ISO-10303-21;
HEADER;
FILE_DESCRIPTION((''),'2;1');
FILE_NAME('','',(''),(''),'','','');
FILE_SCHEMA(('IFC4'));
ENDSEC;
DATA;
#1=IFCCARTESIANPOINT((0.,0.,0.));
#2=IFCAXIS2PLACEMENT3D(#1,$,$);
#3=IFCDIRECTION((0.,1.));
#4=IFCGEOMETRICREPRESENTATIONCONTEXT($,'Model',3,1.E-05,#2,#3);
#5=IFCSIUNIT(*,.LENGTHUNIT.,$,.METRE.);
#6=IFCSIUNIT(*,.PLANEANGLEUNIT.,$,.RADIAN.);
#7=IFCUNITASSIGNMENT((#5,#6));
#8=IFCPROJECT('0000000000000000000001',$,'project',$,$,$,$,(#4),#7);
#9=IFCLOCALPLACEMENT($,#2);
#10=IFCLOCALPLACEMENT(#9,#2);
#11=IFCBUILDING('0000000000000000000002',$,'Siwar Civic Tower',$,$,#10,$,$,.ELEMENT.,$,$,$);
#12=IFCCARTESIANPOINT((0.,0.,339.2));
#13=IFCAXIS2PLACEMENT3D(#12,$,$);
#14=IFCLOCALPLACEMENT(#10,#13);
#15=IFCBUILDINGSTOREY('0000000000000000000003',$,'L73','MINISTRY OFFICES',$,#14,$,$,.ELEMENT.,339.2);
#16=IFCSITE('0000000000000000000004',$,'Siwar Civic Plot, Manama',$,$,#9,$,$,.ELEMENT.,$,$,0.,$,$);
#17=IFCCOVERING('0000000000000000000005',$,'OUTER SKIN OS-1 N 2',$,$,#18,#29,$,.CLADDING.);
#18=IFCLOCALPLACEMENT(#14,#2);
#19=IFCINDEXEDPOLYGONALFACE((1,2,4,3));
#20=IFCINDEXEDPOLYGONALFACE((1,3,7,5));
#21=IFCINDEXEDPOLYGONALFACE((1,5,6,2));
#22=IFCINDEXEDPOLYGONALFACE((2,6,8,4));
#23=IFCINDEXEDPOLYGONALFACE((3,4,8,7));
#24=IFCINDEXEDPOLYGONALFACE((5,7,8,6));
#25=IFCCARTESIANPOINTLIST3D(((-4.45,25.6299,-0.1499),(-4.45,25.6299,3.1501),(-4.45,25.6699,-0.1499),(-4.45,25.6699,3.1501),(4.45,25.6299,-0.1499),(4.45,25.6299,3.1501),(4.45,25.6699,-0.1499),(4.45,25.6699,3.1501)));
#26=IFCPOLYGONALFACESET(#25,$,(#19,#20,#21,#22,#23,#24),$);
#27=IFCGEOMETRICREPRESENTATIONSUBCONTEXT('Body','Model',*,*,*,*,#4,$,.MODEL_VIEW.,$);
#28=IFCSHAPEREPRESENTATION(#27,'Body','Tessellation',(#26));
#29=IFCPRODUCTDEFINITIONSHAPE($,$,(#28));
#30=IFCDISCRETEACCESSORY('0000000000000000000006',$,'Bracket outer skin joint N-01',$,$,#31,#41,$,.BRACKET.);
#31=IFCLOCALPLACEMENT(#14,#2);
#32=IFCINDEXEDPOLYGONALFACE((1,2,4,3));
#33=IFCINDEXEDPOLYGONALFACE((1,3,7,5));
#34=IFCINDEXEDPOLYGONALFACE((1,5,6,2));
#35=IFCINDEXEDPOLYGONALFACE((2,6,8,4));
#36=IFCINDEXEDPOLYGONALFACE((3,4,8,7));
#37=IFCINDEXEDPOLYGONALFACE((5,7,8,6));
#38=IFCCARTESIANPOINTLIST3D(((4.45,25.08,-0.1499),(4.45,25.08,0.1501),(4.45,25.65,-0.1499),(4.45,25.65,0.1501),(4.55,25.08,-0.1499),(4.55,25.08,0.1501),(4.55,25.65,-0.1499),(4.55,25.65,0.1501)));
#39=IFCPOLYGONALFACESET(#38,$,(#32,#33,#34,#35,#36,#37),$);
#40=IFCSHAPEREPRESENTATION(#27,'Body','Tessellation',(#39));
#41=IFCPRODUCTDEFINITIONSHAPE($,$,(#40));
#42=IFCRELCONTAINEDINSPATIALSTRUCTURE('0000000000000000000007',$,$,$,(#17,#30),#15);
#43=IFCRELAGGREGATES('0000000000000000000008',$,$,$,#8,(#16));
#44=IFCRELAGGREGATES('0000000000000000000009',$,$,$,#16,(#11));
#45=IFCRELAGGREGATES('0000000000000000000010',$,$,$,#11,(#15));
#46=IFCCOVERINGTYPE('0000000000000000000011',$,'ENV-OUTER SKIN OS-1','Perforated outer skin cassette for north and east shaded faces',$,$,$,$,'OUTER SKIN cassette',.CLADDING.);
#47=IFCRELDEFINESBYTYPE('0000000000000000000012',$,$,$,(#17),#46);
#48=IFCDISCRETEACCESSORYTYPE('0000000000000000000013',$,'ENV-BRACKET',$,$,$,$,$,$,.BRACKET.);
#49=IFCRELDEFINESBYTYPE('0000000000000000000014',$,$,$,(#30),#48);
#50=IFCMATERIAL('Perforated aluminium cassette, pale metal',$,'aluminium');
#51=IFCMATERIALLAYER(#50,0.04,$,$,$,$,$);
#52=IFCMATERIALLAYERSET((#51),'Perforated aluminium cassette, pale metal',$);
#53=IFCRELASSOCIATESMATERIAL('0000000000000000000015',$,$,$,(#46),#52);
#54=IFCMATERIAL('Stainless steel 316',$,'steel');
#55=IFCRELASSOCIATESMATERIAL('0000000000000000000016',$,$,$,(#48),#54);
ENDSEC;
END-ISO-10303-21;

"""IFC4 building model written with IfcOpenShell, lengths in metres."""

from ifc_helpers import new_model, si_unit, direction, frame, origin, origin_2d, place, context, subcontext, project, spatial, rectangle, extrude, material, layer, layer_set, type_object, element, save


model = new_model("IFC4")

# Units and contexts
model_context = context("Model", 3, precision=1e-05, world=origin(), true_north=direction((0.0, 1.0)))
body_context = subcontext(model_context, "Body", "Model", "MODEL_VIEW")
ifc_project = project(units=[si_unit("LENGTHUNIT", "METRE"), si_unit("PLANEANGLEUNIT", "RADIAN")], contexts=[model_context])

# Site, building, storey
site_placement = place(None, origin())
site = spatial("IfcSite", under=ifc_project, at=site_placement, Name="Siwar Civic Plot, Manama", CompositionType="ELEMENT", RefElevation=0.0)
building_placement = place(site_placement, origin())
building = spatial("IfcBuilding", under=site, at=building_placement, Name="Siwar Civic Tower", CompositionType="ELEMENT")
storey_placement = place(building_placement, frame((0.0, 0.0, 339.2)))
storey = spatial("IfcBuildingStorey", under=building, at=storey_placement, Name="L73", Description="MINISTRY OFFICES", CompositionType="ELEMENT", Elevation=339.2)

# Covering
ifc_material_1 = material(Name="Perforated aluminium cassette, pale metal", Category="aluminium")
ifc_layer_1 = layer(ifc_material_1, 0.04)
ifc_layer_set_1 = layer_set([ifc_layer_1], Name="Perforated aluminium cassette, pale metal")
covering_type = type_object("IfcCoveringType", Name="ENV-OUTER SKIN OS-1", Description="Perforated outer skin cassette for north and east shaded faces", ElementType="OUTER SKIN cassette", PredefinedType="CLADDING", material=ifc_layer_set_1)
covering_1_placement = place(storey_placement, frame((0.0, 25.6499, -0.1499), z_axis=(0.0, 0.0, 1.0), x_axis=(-1.0, 0.0, 0.0)))
element("IfcCovering", 1, at=covering_1_placement, inside=storey, type_object=covering_type, Name="OUTER SKIN OS-1 N 2", PredefinedType="CLADDING", context=body_context, shape_type="SweptSolid", body=[
    extrude(rectangle(XDim=8.8999, YDim=0.04, at=origin_2d()), origin(), (0.0, 0.0, 1.0), 3.3),
])

# Discrete accessory
ifc_material_2 = material(Name="Stainless steel 316", Category="steel")
discrete_accessory_type = type_object("IfcDiscreteAccessoryType", Name="ENV-BRACKET", PredefinedType="BRACKET", material=ifc_material_2)
discrete_accessory_placement = place(storey_placement, frame((4.5, 25.365, -0.1499), z_axis=(0.0, 0.0, 1.0), x_axis=(0.0, 1.0, 0.0)))
element("IfcDiscreteAccessory", 2, at=discrete_accessory_placement, inside=storey, type_object=discrete_accessory_type, Name="Bracket outer skin joint N-01", PredefinedType="BRACKET", context=body_context, shape_type="SweptSolid", body=[
    extrude(rectangle(XDim=0.5701, YDim=0.1001, at=origin_2d()), origin(), (0.0, 0.0, 1.0), 0.3),
])

save(model, "model.ifc")
